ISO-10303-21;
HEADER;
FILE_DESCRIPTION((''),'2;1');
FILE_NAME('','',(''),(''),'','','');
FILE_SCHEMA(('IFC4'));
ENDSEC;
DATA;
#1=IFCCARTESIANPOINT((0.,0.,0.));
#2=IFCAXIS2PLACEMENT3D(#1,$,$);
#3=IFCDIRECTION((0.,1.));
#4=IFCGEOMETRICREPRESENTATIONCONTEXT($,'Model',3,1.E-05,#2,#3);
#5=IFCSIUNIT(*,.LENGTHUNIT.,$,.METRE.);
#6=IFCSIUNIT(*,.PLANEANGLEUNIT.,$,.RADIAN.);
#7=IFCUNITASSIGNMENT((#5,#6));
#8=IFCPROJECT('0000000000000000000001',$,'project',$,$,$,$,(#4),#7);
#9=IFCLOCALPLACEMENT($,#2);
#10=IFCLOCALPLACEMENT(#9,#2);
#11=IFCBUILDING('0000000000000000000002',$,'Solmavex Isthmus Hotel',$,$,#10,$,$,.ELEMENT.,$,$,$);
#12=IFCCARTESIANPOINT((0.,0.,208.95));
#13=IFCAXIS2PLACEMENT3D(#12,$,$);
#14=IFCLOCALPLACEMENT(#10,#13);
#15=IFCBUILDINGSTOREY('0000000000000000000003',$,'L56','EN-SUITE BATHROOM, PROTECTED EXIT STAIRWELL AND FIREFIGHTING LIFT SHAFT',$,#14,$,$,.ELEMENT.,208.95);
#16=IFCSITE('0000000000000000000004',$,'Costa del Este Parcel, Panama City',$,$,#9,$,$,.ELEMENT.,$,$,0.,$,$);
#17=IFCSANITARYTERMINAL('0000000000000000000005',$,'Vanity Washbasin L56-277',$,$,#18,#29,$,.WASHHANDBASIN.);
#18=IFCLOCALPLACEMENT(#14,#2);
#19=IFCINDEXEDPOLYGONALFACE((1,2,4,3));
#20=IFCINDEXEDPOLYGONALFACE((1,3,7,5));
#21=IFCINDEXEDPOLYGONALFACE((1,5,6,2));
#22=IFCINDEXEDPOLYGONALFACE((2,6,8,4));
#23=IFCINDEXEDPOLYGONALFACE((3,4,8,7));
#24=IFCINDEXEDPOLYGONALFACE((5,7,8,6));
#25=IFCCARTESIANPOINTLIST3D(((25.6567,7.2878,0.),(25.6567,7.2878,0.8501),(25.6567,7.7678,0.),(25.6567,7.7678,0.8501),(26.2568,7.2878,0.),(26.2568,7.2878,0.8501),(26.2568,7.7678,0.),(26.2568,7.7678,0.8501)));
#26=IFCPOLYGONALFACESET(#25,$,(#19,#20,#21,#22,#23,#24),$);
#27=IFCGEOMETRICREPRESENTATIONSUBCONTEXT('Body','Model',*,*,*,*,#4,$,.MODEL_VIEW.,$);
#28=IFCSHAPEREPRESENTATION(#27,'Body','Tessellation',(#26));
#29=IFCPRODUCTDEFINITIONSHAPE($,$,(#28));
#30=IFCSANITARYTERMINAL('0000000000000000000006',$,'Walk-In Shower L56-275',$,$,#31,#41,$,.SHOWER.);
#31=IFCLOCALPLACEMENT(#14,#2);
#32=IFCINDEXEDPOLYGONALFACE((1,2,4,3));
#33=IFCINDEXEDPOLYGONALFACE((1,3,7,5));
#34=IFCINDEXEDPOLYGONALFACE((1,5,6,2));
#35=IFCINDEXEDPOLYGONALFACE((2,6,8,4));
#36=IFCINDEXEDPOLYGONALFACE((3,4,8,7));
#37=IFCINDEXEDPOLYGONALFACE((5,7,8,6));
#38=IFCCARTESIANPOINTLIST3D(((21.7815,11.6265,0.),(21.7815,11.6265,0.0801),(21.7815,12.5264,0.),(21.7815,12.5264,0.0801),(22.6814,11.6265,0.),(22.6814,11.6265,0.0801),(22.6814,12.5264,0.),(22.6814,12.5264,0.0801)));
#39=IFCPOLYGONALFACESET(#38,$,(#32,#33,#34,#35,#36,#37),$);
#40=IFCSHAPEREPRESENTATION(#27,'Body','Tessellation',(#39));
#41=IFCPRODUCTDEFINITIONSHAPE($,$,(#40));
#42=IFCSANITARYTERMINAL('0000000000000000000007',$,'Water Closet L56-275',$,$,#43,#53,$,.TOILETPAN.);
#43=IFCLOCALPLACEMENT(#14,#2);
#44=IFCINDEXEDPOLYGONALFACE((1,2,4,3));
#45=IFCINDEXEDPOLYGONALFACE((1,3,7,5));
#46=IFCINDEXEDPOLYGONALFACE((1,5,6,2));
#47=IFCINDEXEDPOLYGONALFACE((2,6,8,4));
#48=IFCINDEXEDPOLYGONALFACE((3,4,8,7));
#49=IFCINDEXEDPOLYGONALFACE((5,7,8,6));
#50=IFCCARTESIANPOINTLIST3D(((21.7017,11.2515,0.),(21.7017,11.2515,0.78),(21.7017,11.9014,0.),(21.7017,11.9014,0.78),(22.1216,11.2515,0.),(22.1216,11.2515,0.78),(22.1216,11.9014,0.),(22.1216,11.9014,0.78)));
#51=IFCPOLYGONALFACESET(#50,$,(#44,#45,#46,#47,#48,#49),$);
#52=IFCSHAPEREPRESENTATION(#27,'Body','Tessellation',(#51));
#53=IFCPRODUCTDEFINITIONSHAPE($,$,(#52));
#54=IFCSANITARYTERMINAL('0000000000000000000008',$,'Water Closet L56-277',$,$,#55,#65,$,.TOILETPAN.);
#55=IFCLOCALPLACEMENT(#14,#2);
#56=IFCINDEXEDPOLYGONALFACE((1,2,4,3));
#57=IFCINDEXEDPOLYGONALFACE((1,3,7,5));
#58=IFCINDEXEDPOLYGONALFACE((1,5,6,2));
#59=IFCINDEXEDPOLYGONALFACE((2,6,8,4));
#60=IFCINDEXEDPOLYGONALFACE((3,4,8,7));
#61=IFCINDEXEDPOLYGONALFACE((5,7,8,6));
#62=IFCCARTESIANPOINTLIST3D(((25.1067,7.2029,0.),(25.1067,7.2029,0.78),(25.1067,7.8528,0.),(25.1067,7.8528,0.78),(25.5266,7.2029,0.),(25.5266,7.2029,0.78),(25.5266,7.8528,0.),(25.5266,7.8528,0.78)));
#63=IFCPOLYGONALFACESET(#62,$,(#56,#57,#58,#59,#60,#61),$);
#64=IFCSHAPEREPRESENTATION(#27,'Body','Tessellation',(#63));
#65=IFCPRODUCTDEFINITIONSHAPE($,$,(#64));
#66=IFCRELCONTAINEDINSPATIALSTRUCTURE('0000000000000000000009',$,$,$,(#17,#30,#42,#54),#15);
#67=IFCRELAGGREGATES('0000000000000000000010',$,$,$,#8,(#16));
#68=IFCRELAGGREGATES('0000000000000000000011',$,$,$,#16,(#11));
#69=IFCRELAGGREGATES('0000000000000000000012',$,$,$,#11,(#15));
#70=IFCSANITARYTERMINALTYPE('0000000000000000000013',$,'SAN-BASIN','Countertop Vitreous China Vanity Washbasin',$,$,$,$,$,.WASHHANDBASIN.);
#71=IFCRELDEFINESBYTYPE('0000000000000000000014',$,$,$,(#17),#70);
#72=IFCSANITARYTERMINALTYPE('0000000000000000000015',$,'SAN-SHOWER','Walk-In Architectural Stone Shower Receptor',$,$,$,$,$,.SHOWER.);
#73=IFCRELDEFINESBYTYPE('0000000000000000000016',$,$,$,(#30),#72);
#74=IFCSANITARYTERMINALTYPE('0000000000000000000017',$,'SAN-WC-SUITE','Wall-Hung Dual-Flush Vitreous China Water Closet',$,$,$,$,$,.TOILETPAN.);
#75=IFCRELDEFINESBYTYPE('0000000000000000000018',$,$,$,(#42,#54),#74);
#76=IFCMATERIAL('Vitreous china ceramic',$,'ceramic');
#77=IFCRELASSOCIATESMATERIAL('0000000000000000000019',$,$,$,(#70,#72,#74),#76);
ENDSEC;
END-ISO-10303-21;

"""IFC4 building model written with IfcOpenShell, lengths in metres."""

from ifc_helpers import new_model, si_unit, direction, frame, origin, origin_2d, place, context, subcontext, project, spatial, rectangle, extrude, material, type_object, element, save


model = new_model("IFC4")

# Units and contexts
model_context = context("Model", 3, precision=1e-05, world=origin(), true_north=direction((0.0, 1.0)))
body_context = subcontext(model_context, "Body", "Model", "MODEL_VIEW")
ifc_project = project(units=[si_unit("LENGTHUNIT", "METRE"), si_unit("PLANEANGLEUNIT", "RADIAN")], contexts=[model_context])

# Site, building, storey
site_placement = place(None, origin())
site = spatial("IfcSite", under=ifc_project, at=site_placement, Name="Costa del Este Parcel, Panama City", CompositionType="ELEMENT", RefElevation=0.0)
building_placement = place(site_placement, origin())
building = spatial("IfcBuilding", under=site, at=building_placement, Name="Solmavex Isthmus Hotel", CompositionType="ELEMENT")
storey_placement = place(building_placement, frame((0.0, 0.0, 208.95)))
storey = spatial("IfcBuildingStorey", under=building, at=storey_placement, Name="L56", Description="EN-SUITE BATHROOM, PROTECTED EXIT STAIRWELL AND FIREFIGHTING LIFT SHAFT", CompositionType="ELEMENT", Elevation=208.95)

# Sanitary terminals
ifc_material_1 = material(Name="Vitreous china ceramic", Category="ceramic")
sanitary_terminal_type_1 = type_object("IfcSanitaryTerminalType", Name="SAN-BASIN", Description="Countertop Vitreous China Vanity Washbasin", PredefinedType="WASHHANDBASIN", material=ifc_material_1)
for number, where, z_axis, x_axis, name in (
    (1, (25.9568, 7.5278, 0.0), (0.0, 0.0, 1.0), (1.0, 0.0, 0.0), "Vanity Washbasin L56-277"),
):
    element("IfcSanitaryTerminal", number, at=place(storey_placement, frame(where, z_axis=z_axis, x_axis=x_axis)), inside=storey, type_object=sanitary_terminal_type_1, Name=name, PredefinedType="WASHHANDBASIN", context=body_context, shape_type="SweptSolid", body=[
        extrude(rectangle(XDim=0.6001, YDim=0.48, at=origin_2d()), origin(), (0.0, 0.0, 1.0), 0.8501),
    ])
sanitary_terminal_type_2 = type_object("IfcSanitaryTerminalType", Name="SAN-SHOWER", Description="Walk-In Architectural Stone Shower Receptor", PredefinedType="SHOWER", material=ifc_material_1)
sanitary_terminal_placement = place(storey_placement, frame((22.2314, 12.0764, 0.0), z_axis=(0.0, 0.0, 1.0), x_axis=(1.0, 0.0, 0.0)))
element("IfcSanitaryTerminal", 2, at=sanitary_terminal_placement, inside=storey, type_object=sanitary_terminal_type_2, Name="Walk-In Shower L56-275", PredefinedType="SHOWER", context=body_context, shape_type="SweptSolid", body=[
    extrude(rectangle(XDim=0.8999, YDim=0.8999, at=origin_2d()), origin(), (0.0, 0.0, 1.0), 0.0801),
])
sanitary_terminal_type_3 = type_object("IfcSanitaryTerminalType", Name="SAN-WC-SUITE", Description="Wall-Hung Dual-Flush Vitreous China Water Closet", PredefinedType="TOILETPAN", material=ifc_material_1)
for number, where, z_axis, x_axis, name in (
    (3, (21.9116, 11.5764, 0.0), (0.0, 0.0, 1.0), (1.0, 0.0, 0.0), "Water Closet L56-275"),
    (4, (25.3167, 7.5278, 0.0), (0.0, 0.0, 1.0), (1.0, 0.0, 0.0), "Water Closet L56-277"),
):
    element("IfcSanitaryTerminal", number, at=place(storey_placement, frame(where, z_axis=z_axis, x_axis=x_axis)), inside=storey, type_object=sanitary_terminal_type_3, Name=name, PredefinedType="TOILETPAN", context=body_context, shape_type="SweptSolid", body=[
        extrude(rectangle(XDim=0.4199, YDim=0.6499, at=origin_2d()), origin(), (0.0, 0.0, 1.0), 0.78),
    ])

save(model, "model.ifc")
